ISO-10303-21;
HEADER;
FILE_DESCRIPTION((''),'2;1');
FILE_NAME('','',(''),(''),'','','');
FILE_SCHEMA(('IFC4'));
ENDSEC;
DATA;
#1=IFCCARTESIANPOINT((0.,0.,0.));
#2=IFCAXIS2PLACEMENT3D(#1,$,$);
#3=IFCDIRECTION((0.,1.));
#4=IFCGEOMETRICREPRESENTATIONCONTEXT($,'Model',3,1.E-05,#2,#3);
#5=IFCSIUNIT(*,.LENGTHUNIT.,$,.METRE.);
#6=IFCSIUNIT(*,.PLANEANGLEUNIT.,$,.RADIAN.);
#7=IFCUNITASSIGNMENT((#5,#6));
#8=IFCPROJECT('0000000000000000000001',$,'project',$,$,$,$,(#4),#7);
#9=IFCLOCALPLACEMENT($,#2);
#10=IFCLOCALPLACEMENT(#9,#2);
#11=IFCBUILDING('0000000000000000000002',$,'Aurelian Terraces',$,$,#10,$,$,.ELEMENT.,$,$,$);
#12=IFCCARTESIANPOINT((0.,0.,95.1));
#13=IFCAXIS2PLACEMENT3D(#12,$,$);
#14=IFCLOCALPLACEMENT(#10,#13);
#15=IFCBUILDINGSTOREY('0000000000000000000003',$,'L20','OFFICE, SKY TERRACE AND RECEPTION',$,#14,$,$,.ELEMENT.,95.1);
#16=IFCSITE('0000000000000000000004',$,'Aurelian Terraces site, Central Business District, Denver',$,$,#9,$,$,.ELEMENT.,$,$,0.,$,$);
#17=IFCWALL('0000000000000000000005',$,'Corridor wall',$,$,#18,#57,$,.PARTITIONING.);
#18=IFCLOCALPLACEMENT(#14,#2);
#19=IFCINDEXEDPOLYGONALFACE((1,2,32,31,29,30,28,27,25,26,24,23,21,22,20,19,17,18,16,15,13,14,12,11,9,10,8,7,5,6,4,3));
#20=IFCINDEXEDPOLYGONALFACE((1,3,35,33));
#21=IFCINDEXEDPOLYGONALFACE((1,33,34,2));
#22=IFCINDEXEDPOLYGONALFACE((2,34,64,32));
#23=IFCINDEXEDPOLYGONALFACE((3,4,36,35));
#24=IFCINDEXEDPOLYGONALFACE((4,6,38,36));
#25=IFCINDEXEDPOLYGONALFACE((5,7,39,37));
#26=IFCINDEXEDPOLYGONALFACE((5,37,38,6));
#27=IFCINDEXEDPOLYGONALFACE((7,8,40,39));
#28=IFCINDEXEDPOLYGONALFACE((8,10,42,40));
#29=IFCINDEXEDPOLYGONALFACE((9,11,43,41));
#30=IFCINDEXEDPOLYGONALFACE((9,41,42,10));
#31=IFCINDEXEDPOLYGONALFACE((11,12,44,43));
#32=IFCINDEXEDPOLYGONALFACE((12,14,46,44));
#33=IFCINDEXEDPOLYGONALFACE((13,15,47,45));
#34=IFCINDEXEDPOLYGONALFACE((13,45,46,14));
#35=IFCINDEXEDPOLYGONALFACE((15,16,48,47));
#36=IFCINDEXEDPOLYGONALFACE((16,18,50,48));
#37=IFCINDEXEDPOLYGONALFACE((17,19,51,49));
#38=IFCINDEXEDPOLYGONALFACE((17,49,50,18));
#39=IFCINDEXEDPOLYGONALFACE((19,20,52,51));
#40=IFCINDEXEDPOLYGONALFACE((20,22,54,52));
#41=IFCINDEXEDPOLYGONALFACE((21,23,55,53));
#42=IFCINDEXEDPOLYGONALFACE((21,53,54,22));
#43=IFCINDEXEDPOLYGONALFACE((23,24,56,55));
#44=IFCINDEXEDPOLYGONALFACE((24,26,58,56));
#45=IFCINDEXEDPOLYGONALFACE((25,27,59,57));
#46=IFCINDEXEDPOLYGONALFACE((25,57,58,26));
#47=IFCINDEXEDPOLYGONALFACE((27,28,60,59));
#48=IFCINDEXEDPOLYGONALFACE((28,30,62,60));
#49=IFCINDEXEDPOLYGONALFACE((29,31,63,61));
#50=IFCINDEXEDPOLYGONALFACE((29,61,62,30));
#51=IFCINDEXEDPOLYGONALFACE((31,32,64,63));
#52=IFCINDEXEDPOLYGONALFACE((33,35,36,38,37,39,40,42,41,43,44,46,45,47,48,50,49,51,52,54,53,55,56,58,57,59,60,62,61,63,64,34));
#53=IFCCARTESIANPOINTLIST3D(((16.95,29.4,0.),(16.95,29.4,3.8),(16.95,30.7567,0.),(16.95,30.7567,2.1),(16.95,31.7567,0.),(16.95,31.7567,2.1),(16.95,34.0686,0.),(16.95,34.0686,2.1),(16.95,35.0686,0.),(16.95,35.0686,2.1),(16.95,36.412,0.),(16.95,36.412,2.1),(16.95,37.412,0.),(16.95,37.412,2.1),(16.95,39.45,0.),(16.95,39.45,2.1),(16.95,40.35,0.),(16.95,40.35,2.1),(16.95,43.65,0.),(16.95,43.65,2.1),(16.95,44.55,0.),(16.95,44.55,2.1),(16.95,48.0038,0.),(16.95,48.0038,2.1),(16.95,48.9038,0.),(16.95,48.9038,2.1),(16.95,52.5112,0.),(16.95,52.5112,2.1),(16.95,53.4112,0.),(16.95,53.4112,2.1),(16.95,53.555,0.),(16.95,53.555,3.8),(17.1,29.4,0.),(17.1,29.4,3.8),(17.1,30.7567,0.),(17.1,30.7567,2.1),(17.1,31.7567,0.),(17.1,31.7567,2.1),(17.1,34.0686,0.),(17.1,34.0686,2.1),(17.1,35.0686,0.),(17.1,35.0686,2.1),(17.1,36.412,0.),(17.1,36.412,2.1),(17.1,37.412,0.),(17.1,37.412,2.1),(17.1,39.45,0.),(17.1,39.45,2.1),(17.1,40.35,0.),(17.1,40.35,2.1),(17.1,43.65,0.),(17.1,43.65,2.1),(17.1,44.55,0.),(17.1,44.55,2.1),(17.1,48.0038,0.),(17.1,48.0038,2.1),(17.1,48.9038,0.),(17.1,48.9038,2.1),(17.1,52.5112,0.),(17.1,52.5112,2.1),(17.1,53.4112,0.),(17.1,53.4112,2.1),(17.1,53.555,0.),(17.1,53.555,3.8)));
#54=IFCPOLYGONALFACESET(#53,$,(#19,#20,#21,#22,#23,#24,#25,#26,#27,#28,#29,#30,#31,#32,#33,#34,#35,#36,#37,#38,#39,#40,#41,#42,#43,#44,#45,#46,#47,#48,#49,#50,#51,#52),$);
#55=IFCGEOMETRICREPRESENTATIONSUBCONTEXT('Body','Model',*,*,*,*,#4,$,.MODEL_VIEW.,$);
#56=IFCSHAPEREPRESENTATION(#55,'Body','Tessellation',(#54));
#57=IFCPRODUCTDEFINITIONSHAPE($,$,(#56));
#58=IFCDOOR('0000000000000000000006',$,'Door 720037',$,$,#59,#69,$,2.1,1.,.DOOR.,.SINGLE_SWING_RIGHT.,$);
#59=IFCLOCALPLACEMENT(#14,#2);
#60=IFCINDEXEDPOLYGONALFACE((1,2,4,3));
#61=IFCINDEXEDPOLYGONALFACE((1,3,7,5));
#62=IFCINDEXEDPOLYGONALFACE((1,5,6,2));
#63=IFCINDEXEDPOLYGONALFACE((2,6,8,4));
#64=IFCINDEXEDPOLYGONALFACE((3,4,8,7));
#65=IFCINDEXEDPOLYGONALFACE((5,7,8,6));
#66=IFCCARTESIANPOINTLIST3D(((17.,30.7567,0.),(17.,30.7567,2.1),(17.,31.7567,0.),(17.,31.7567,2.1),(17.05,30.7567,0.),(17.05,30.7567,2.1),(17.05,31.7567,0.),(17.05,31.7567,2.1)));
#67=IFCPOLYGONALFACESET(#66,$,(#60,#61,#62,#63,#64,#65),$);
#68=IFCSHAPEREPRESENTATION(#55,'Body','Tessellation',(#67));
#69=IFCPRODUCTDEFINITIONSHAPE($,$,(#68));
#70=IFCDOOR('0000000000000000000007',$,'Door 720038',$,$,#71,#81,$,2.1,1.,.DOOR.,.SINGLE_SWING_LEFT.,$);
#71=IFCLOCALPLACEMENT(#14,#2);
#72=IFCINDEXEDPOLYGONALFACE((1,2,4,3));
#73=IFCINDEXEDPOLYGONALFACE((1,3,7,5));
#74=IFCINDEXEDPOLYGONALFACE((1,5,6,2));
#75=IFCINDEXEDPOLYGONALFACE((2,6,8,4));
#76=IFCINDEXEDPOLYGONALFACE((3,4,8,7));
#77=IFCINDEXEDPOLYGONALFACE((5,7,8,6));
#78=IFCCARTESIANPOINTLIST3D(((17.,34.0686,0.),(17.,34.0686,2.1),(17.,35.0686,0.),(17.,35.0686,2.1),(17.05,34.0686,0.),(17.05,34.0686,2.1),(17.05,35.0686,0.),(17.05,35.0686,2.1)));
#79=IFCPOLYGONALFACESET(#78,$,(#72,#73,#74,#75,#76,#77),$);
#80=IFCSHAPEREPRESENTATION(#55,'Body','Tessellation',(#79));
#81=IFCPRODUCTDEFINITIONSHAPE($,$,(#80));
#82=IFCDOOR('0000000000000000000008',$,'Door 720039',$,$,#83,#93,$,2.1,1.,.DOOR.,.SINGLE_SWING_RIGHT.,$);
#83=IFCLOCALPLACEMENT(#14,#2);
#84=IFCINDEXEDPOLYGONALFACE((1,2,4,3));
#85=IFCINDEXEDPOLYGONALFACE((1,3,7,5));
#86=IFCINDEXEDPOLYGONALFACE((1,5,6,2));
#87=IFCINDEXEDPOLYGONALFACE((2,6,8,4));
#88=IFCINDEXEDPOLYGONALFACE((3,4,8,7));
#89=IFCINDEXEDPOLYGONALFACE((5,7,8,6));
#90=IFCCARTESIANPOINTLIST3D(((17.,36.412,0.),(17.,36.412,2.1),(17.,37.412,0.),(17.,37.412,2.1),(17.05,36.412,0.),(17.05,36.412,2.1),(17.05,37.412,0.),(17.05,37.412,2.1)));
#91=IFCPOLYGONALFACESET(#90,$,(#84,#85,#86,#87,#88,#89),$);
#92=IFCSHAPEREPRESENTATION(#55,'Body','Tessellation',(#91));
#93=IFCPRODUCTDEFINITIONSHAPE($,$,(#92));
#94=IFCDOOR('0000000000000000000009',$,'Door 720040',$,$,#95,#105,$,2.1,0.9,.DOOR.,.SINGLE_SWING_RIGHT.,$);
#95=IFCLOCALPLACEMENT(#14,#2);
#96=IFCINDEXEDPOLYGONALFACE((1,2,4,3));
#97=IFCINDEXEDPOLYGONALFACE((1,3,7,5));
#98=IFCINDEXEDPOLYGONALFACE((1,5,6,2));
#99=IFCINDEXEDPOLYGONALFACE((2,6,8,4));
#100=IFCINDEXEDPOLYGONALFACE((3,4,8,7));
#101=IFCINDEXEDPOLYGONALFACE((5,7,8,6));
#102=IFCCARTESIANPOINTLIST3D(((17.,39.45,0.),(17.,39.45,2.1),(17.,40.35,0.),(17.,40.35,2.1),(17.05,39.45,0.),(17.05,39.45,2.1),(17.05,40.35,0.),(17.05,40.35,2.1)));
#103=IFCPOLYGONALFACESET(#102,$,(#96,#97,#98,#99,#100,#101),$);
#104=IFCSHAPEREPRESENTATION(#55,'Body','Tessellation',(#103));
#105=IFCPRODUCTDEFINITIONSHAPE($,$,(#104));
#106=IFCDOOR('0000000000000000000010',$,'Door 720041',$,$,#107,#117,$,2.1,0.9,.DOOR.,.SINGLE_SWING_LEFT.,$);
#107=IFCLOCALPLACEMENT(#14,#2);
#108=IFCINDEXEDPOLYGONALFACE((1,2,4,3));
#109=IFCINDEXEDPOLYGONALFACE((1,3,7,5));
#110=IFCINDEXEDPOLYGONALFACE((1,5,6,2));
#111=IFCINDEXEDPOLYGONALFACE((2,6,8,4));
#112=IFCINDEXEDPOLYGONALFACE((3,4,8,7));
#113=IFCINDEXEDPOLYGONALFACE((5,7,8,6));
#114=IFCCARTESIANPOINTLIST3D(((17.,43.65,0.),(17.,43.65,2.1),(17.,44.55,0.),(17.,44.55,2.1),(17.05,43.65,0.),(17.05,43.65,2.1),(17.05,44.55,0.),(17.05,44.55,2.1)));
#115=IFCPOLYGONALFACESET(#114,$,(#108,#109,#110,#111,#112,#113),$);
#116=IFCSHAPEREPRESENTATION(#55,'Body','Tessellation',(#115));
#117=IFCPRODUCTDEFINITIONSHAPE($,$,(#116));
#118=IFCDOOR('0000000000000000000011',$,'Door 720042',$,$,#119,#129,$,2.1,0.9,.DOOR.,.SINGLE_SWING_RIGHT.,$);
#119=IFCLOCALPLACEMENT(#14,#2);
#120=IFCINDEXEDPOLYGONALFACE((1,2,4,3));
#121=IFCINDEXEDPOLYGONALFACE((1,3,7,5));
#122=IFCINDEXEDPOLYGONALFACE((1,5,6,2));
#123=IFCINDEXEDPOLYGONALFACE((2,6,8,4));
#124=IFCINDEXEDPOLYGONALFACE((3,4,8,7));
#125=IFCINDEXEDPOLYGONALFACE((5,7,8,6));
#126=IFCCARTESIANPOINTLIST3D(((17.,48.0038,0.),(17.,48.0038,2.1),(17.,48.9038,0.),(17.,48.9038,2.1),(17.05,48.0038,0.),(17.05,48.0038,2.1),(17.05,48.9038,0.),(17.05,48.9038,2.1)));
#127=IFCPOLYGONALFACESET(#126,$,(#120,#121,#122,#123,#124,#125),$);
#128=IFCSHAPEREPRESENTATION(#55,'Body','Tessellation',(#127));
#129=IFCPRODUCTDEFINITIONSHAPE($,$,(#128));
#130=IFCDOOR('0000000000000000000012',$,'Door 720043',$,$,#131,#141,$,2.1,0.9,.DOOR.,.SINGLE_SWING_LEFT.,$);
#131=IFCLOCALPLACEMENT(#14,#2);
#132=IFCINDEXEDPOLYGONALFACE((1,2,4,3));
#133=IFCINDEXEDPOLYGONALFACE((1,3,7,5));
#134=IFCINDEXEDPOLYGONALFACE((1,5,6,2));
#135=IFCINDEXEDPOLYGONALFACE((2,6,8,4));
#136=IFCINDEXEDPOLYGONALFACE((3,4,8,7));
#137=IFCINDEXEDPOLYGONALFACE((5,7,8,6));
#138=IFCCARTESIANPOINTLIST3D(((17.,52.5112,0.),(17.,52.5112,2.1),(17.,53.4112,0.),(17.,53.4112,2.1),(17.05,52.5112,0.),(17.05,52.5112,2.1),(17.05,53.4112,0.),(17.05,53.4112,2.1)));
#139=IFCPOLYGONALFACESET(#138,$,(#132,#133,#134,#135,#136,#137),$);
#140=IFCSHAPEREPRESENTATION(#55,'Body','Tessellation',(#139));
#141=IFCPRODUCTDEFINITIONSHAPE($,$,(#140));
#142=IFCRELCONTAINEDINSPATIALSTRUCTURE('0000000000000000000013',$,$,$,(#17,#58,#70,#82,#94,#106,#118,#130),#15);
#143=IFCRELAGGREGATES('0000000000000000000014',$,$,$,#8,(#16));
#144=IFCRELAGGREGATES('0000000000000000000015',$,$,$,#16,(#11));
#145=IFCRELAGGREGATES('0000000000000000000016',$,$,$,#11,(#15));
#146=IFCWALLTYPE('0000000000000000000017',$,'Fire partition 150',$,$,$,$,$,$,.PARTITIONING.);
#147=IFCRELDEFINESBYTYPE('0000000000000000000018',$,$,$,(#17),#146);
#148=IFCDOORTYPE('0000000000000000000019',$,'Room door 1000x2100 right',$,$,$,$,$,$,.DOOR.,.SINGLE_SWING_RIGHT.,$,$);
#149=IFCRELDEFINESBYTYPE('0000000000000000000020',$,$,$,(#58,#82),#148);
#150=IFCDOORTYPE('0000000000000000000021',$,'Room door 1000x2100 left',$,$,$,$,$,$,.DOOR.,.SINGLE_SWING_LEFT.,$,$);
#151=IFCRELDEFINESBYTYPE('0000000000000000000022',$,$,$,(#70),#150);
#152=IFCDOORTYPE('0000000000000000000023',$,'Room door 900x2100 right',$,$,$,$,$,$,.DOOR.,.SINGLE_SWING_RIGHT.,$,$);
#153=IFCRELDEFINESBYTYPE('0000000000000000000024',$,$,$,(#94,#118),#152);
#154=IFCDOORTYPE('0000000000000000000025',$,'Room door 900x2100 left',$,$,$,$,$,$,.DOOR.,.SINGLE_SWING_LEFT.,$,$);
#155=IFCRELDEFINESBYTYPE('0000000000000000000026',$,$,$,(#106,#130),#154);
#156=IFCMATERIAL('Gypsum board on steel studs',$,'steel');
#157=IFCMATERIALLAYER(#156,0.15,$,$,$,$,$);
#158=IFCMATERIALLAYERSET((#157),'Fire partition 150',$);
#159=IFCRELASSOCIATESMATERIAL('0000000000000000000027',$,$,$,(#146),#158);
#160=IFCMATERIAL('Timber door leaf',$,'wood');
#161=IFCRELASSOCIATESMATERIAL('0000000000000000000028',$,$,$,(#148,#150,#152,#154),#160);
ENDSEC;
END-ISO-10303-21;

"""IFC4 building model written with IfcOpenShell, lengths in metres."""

from ifc_helpers import new_model, si_unit, direction, frame, frame_2d, origin, place, context, subcontext, project, spatial, rectangle, extrude, source, transform, mapped, material, layer, layer_set, type_object, element, fill, save


model = new_model("IFC4")

# Units and contexts
model_context = context("Model", 3, precision=1e-05, world=origin(), true_north=direction((0.0, 1.0)))
body_context = subcontext(model_context, "Body", "Model", "MODEL_VIEW")
ifc_project = project(units=[si_unit("LENGTHUNIT", "METRE"), si_unit("PLANEANGLEUNIT", "RADIAN")], contexts=[model_context])

# Site, building, storey
site_placement = place(None, origin())
site = spatial("IfcSite", under=ifc_project, at=site_placement, Name="Aurelian Terraces site, Central Business District, Denver", CompositionType="ELEMENT", RefElevation=0.0)
building_placement = place(site_placement, origin())
building = spatial("IfcBuilding", under=site, at=building_placement, Name="Aurelian Terraces", CompositionType="ELEMENT")
storey_placement = place(building_placement, frame((0.0, 0.0, 95.1)))
storey = spatial("IfcBuildingStorey", under=building, at=storey_placement, Name="L20", Description="OFFICE, SKY TERRACE AND RECEPTION", CompositionType="ELEMENT", Elevation=95.1)

# Shared definitions
ifc_material_1 = material(Name="Gypsum board on steel studs", Category="steel")

# Wall, openings, doors
ifc_layer_1 = layer(ifc_material_1, 0.15)
ifc_layer_set_1 = layer_set([ifc_layer_1], Name="Fire partition 150")
wall_type_1 = type_object("IfcWallType", Name="Fire partition 150", PredefinedType="PARTITIONING", material=ifc_layer_set_1)
shared_shape_1 = source(origin(), body_context, "Body", "SweptSolid", [
    extrude(rectangle(XDim=24.155, YDim=0.15, at=frame_2d((12.0775, 0.0))), origin(), (0.0, 0.0, 1.0), 3.8),
])
wall_1_placement = place(storey_placement, frame((17.025, 53.555, 0.0), z_axis=(0.0, 0.0, 1.0), x_axis=(0.0, -1.0, 0.0)))
wall_1 = element("IfcWall", 1, at=wall_1_placement, inside=storey, type_object=wall_type_1, Name="Corridor wall", PredefinedType="PARTITIONING", context=body_context, shape_type="MappedRepresentation", body=[
    mapped(shared_shape_1, transform((0.0, 0.0, 0.0), scale=1.0)),
])
shared_shape_2 = source(origin(), body_context, "Body", "SweptSolid", [
    extrude(rectangle(XDim=1.0, YDim=2.1, at=frame_2d((0.5, 1.05))), frame((0.0, 0.085, 0.0), z_axis=(0.0, -1.0, 0.0), x_axis=(1.0, 0.0, 0.0)), (0.0, 0.0, 1.0), 0.17),
])
opening_1_placement = place(wall_1_placement, frame((21.7983, 0.0, 0.0)))
opening_1 = element("IfcOpeningElement", 2, at=opening_1_placement, cuts=wall_1, PredefinedType="OPENING", context=body_context, shape_type="MappedRepresentation", body=[
    mapped(shared_shape_2, transform((0.0, 0.0, 0.0), scale=1.0)),
])
opening_2_placement = place(wall_1_placement, frame((18.4864, 0.0, 0.0)))
opening_2 = element("IfcOpeningElement", 3, at=opening_2_placement, cuts=wall_1, PredefinedType="OPENING", context=body_context, shape_type="MappedRepresentation", body=[
    mapped(shared_shape_2, transform((0.0, 0.0, 0.0), scale=1.0)),
])
opening_3_placement = place(wall_1_placement, frame((16.143, 0.0, 0.0)))
opening_3 = element("IfcOpeningElement", 4, at=opening_3_placement, cuts=wall_1, PredefinedType="OPENING", context=body_context, shape_type="MappedRepresentation", body=[
    mapped(shared_shape_2, transform((0.0, 0.0, 0.0), scale=1.0)),
])
shared_shape_3 = source(origin(), body_context, "Body", "SweptSolid", [
    extrude(rectangle(XDim=0.9, YDim=2.1, at=frame_2d((0.45, 1.05))), frame((0.0, 0.085, 0.0), z_axis=(0.0, -1.0, 0.0), x_axis=(1.0, 0.0, 0.0)), (0.0, 0.0, 1.0), 0.17),
])
opening_4_placement = place(wall_1_placement, frame((13.205, 0.0, 0.0)))
opening_4 = element("IfcOpeningElement", 5, at=opening_4_placement, cuts=wall_1, PredefinedType="OPENING", context=body_context, shape_type="MappedRepresentation", body=[
    mapped(shared_shape_3, transform((0.0, 0.0, 0.0), scale=1.0)),
])
opening_5_placement = place(wall_1_placement, frame((9.005, 0.0, 0.0)))
opening_5 = element("IfcOpeningElement", 6, at=opening_5_placement, cuts=wall_1, PredefinedType="OPENING", context=body_context, shape_type="MappedRepresentation", body=[
    mapped(shared_shape_3, transform((0.0, 0.0, 0.0), scale=1.0)),
])
opening_6_placement = place(wall_1_placement, frame((4.6512, 0.0, 0.0)))
opening_6 = element("IfcOpeningElement", 7, at=opening_6_placement, cuts=wall_1, PredefinedType="OPENING", context=body_context, shape_type="MappedRepresentation", body=[
    mapped(shared_shape_3, transform((0.0, 0.0, 0.0), scale=1.0)),
])
opening_7_placement = place(wall_1_placement, frame((0.1438, 0.0, 0.0)))
opening_7 = element("IfcOpeningElement", 8, at=opening_7_placement, cuts=wall_1, PredefinedType="OPENING", context=body_context, shape_type="MappedRepresentation", body=[
    mapped(shared_shape_3, transform((0.0, 0.0, 0.0), scale=1.0)),
])
ifc_material_2 = material(Name="Timber door leaf", Category="wood")
door_type_1 = type_object("IfcDoorType", Name="Room door 1000x2100 right", OperationType="SINGLE_SWING_RIGHT", PredefinedType="DOOR", material=ifc_material_2)
shared_shape_4 = source(origin(), body_context, "Body", "SweptSolid", [
    extrude(rectangle(XDim=1.0, YDim=2.1, at=frame_2d((0.5, 1.05))), frame((0.0, 0.025, 0.0), z_axis=(0.0, -1.0, 0.0), x_axis=(1.0, 0.0, 0.0)), (0.0, 0.0, 1.0), 0.05),
])
door_1_placement = place(opening_1_placement, origin())
door_1 = element("IfcDoor", 9, at=door_1_placement, inside=storey, type_object=door_type_1, Name="Door 720037", OperationType="SINGLE_SWING_RIGHT", OverallHeight=2.1, OverallWidth=1.0, PredefinedType="DOOR", context=body_context, shape_type="MappedRepresentation", body=[
    mapped(shared_shape_4, transform((0.0, 0.0, 0.0), scale=1.0)),
])
fill(opening_1, door_1)
door_type_2 = type_object("IfcDoorType", Name="Room door 1000x2100 left", OperationType="SINGLE_SWING_LEFT", PredefinedType="DOOR", material=ifc_material_2)
door_2_placement = place(opening_2_placement, origin())
door_2 = element("IfcDoor", 10, at=door_2_placement, inside=storey, type_object=door_type_2, Name="Door 720038", OperationType="SINGLE_SWING_LEFT", OverallHeight=2.1, OverallWidth=1.0, PredefinedType="DOOR", context=body_context, shape_type="MappedRepresentation", body=[
    mapped(shared_shape_4, transform((0.0, 0.0, 0.0), scale=1.0)),
])
fill(opening_2, door_2)
door_3_placement = place(opening_3_placement, origin())
door_3 = element("IfcDoor", 11, at=door_3_placement, inside=storey, type_object=door_type_1, Name="Door 720039", OperationType="SINGLE_SWING_RIGHT", OverallHeight=2.1, OverallWidth=1.0, PredefinedType="DOOR", context=body_context, shape_type="MappedRepresentation", body=[
    mapped(shared_shape_4, transform((0.0, 0.0, 0.0), scale=1.0)),
])
fill(opening_3, door_3)
door_type_3 = type_object("IfcDoorType", Name="Room door 900x2100 right", OperationType="SINGLE_SWING_RIGHT", PredefinedType="DOOR", material=ifc_material_2)
shared_shape_5 = source(origin(), body_context, "Body", "SweptSolid", [
    extrude(rectangle(XDim=0.9, YDim=2.1, at=frame_2d((0.45, 1.05))), frame((0.0, 0.025, 0.0), z_axis=(0.0, -1.0, 0.0), x_axis=(1.0, 0.0, 0.0)), (0.0, 0.0, 1.0), 0.05),
])
door_4_placement = place(opening_4_placement, origin())
door_4 = element("IfcDoor", 12, at=door_4_placement, inside=storey, type_object=door_type_3, Name="Door 720040", OperationType="SINGLE_SWING_RIGHT", OverallHeight=2.1, OverallWidth=0.9, PredefinedType="DOOR", context=body_context, shape_type="MappedRepresentation", body=[
    mapped(shared_shape_5, transform((0.0, 0.0, 0.0), scale=1.0)),
])
fill(opening_4, door_4)
door_type_4 = type_object("IfcDoorType", Name="Room door 900x2100 left", OperationType="SINGLE_SWING_LEFT", PredefinedType="DOOR", material=ifc_material_2)
door_5_placement = place(opening_5_placement, origin())
door_5 = element("IfcDoor", 13, at=door_5_placement, inside=storey, type_object=door_type_4, Name="Door 720041", OperationType="SINGLE_SWING_LEFT", OverallHeight=2.1, OverallWidth=0.9, PredefinedType="DOOR", context=body_context, shape_type="MappedRepresentation", body=[
    mapped(shared_shape_5, transform((0.0, 0.0, 0.0), scale=1.0)),
])
fill(opening_5, door_5)
door_6_placement = place(opening_6_placement, origin())
door_6 = element("IfcDoor", 14, at=door_6_placement, inside=storey, type_object=door_type_3, Name="Door 720042", OperationType="SINGLE_SWING_RIGHT", OverallHeight=2.1, OverallWidth=0.9, PredefinedType="DOOR", context=body_context, shape_type="MappedRepresentation", body=[
    mapped(shared_shape_5, transform((0.0, 0.0, 0.0), scale=1.0)),
])
fill(opening_6, door_6)
door_7_placement = place(opening_7_placement, origin())
door_7 = element("IfcDoor", 15, at=door_7_placement, inside=storey, type_object=door_type_4, Name="Door 720043", OperationType="SINGLE_SWING_LEFT", OverallHeight=2.1, OverallWidth=0.9, PredefinedType="DOOR", context=body_context, shape_type="MappedRepresentation", body=[
    mapped(shared_shape_5, transform((0.0, 0.0, 0.0), scale=1.0)),
])
fill(opening_7, door_7)

save(model, "model.ifc")
